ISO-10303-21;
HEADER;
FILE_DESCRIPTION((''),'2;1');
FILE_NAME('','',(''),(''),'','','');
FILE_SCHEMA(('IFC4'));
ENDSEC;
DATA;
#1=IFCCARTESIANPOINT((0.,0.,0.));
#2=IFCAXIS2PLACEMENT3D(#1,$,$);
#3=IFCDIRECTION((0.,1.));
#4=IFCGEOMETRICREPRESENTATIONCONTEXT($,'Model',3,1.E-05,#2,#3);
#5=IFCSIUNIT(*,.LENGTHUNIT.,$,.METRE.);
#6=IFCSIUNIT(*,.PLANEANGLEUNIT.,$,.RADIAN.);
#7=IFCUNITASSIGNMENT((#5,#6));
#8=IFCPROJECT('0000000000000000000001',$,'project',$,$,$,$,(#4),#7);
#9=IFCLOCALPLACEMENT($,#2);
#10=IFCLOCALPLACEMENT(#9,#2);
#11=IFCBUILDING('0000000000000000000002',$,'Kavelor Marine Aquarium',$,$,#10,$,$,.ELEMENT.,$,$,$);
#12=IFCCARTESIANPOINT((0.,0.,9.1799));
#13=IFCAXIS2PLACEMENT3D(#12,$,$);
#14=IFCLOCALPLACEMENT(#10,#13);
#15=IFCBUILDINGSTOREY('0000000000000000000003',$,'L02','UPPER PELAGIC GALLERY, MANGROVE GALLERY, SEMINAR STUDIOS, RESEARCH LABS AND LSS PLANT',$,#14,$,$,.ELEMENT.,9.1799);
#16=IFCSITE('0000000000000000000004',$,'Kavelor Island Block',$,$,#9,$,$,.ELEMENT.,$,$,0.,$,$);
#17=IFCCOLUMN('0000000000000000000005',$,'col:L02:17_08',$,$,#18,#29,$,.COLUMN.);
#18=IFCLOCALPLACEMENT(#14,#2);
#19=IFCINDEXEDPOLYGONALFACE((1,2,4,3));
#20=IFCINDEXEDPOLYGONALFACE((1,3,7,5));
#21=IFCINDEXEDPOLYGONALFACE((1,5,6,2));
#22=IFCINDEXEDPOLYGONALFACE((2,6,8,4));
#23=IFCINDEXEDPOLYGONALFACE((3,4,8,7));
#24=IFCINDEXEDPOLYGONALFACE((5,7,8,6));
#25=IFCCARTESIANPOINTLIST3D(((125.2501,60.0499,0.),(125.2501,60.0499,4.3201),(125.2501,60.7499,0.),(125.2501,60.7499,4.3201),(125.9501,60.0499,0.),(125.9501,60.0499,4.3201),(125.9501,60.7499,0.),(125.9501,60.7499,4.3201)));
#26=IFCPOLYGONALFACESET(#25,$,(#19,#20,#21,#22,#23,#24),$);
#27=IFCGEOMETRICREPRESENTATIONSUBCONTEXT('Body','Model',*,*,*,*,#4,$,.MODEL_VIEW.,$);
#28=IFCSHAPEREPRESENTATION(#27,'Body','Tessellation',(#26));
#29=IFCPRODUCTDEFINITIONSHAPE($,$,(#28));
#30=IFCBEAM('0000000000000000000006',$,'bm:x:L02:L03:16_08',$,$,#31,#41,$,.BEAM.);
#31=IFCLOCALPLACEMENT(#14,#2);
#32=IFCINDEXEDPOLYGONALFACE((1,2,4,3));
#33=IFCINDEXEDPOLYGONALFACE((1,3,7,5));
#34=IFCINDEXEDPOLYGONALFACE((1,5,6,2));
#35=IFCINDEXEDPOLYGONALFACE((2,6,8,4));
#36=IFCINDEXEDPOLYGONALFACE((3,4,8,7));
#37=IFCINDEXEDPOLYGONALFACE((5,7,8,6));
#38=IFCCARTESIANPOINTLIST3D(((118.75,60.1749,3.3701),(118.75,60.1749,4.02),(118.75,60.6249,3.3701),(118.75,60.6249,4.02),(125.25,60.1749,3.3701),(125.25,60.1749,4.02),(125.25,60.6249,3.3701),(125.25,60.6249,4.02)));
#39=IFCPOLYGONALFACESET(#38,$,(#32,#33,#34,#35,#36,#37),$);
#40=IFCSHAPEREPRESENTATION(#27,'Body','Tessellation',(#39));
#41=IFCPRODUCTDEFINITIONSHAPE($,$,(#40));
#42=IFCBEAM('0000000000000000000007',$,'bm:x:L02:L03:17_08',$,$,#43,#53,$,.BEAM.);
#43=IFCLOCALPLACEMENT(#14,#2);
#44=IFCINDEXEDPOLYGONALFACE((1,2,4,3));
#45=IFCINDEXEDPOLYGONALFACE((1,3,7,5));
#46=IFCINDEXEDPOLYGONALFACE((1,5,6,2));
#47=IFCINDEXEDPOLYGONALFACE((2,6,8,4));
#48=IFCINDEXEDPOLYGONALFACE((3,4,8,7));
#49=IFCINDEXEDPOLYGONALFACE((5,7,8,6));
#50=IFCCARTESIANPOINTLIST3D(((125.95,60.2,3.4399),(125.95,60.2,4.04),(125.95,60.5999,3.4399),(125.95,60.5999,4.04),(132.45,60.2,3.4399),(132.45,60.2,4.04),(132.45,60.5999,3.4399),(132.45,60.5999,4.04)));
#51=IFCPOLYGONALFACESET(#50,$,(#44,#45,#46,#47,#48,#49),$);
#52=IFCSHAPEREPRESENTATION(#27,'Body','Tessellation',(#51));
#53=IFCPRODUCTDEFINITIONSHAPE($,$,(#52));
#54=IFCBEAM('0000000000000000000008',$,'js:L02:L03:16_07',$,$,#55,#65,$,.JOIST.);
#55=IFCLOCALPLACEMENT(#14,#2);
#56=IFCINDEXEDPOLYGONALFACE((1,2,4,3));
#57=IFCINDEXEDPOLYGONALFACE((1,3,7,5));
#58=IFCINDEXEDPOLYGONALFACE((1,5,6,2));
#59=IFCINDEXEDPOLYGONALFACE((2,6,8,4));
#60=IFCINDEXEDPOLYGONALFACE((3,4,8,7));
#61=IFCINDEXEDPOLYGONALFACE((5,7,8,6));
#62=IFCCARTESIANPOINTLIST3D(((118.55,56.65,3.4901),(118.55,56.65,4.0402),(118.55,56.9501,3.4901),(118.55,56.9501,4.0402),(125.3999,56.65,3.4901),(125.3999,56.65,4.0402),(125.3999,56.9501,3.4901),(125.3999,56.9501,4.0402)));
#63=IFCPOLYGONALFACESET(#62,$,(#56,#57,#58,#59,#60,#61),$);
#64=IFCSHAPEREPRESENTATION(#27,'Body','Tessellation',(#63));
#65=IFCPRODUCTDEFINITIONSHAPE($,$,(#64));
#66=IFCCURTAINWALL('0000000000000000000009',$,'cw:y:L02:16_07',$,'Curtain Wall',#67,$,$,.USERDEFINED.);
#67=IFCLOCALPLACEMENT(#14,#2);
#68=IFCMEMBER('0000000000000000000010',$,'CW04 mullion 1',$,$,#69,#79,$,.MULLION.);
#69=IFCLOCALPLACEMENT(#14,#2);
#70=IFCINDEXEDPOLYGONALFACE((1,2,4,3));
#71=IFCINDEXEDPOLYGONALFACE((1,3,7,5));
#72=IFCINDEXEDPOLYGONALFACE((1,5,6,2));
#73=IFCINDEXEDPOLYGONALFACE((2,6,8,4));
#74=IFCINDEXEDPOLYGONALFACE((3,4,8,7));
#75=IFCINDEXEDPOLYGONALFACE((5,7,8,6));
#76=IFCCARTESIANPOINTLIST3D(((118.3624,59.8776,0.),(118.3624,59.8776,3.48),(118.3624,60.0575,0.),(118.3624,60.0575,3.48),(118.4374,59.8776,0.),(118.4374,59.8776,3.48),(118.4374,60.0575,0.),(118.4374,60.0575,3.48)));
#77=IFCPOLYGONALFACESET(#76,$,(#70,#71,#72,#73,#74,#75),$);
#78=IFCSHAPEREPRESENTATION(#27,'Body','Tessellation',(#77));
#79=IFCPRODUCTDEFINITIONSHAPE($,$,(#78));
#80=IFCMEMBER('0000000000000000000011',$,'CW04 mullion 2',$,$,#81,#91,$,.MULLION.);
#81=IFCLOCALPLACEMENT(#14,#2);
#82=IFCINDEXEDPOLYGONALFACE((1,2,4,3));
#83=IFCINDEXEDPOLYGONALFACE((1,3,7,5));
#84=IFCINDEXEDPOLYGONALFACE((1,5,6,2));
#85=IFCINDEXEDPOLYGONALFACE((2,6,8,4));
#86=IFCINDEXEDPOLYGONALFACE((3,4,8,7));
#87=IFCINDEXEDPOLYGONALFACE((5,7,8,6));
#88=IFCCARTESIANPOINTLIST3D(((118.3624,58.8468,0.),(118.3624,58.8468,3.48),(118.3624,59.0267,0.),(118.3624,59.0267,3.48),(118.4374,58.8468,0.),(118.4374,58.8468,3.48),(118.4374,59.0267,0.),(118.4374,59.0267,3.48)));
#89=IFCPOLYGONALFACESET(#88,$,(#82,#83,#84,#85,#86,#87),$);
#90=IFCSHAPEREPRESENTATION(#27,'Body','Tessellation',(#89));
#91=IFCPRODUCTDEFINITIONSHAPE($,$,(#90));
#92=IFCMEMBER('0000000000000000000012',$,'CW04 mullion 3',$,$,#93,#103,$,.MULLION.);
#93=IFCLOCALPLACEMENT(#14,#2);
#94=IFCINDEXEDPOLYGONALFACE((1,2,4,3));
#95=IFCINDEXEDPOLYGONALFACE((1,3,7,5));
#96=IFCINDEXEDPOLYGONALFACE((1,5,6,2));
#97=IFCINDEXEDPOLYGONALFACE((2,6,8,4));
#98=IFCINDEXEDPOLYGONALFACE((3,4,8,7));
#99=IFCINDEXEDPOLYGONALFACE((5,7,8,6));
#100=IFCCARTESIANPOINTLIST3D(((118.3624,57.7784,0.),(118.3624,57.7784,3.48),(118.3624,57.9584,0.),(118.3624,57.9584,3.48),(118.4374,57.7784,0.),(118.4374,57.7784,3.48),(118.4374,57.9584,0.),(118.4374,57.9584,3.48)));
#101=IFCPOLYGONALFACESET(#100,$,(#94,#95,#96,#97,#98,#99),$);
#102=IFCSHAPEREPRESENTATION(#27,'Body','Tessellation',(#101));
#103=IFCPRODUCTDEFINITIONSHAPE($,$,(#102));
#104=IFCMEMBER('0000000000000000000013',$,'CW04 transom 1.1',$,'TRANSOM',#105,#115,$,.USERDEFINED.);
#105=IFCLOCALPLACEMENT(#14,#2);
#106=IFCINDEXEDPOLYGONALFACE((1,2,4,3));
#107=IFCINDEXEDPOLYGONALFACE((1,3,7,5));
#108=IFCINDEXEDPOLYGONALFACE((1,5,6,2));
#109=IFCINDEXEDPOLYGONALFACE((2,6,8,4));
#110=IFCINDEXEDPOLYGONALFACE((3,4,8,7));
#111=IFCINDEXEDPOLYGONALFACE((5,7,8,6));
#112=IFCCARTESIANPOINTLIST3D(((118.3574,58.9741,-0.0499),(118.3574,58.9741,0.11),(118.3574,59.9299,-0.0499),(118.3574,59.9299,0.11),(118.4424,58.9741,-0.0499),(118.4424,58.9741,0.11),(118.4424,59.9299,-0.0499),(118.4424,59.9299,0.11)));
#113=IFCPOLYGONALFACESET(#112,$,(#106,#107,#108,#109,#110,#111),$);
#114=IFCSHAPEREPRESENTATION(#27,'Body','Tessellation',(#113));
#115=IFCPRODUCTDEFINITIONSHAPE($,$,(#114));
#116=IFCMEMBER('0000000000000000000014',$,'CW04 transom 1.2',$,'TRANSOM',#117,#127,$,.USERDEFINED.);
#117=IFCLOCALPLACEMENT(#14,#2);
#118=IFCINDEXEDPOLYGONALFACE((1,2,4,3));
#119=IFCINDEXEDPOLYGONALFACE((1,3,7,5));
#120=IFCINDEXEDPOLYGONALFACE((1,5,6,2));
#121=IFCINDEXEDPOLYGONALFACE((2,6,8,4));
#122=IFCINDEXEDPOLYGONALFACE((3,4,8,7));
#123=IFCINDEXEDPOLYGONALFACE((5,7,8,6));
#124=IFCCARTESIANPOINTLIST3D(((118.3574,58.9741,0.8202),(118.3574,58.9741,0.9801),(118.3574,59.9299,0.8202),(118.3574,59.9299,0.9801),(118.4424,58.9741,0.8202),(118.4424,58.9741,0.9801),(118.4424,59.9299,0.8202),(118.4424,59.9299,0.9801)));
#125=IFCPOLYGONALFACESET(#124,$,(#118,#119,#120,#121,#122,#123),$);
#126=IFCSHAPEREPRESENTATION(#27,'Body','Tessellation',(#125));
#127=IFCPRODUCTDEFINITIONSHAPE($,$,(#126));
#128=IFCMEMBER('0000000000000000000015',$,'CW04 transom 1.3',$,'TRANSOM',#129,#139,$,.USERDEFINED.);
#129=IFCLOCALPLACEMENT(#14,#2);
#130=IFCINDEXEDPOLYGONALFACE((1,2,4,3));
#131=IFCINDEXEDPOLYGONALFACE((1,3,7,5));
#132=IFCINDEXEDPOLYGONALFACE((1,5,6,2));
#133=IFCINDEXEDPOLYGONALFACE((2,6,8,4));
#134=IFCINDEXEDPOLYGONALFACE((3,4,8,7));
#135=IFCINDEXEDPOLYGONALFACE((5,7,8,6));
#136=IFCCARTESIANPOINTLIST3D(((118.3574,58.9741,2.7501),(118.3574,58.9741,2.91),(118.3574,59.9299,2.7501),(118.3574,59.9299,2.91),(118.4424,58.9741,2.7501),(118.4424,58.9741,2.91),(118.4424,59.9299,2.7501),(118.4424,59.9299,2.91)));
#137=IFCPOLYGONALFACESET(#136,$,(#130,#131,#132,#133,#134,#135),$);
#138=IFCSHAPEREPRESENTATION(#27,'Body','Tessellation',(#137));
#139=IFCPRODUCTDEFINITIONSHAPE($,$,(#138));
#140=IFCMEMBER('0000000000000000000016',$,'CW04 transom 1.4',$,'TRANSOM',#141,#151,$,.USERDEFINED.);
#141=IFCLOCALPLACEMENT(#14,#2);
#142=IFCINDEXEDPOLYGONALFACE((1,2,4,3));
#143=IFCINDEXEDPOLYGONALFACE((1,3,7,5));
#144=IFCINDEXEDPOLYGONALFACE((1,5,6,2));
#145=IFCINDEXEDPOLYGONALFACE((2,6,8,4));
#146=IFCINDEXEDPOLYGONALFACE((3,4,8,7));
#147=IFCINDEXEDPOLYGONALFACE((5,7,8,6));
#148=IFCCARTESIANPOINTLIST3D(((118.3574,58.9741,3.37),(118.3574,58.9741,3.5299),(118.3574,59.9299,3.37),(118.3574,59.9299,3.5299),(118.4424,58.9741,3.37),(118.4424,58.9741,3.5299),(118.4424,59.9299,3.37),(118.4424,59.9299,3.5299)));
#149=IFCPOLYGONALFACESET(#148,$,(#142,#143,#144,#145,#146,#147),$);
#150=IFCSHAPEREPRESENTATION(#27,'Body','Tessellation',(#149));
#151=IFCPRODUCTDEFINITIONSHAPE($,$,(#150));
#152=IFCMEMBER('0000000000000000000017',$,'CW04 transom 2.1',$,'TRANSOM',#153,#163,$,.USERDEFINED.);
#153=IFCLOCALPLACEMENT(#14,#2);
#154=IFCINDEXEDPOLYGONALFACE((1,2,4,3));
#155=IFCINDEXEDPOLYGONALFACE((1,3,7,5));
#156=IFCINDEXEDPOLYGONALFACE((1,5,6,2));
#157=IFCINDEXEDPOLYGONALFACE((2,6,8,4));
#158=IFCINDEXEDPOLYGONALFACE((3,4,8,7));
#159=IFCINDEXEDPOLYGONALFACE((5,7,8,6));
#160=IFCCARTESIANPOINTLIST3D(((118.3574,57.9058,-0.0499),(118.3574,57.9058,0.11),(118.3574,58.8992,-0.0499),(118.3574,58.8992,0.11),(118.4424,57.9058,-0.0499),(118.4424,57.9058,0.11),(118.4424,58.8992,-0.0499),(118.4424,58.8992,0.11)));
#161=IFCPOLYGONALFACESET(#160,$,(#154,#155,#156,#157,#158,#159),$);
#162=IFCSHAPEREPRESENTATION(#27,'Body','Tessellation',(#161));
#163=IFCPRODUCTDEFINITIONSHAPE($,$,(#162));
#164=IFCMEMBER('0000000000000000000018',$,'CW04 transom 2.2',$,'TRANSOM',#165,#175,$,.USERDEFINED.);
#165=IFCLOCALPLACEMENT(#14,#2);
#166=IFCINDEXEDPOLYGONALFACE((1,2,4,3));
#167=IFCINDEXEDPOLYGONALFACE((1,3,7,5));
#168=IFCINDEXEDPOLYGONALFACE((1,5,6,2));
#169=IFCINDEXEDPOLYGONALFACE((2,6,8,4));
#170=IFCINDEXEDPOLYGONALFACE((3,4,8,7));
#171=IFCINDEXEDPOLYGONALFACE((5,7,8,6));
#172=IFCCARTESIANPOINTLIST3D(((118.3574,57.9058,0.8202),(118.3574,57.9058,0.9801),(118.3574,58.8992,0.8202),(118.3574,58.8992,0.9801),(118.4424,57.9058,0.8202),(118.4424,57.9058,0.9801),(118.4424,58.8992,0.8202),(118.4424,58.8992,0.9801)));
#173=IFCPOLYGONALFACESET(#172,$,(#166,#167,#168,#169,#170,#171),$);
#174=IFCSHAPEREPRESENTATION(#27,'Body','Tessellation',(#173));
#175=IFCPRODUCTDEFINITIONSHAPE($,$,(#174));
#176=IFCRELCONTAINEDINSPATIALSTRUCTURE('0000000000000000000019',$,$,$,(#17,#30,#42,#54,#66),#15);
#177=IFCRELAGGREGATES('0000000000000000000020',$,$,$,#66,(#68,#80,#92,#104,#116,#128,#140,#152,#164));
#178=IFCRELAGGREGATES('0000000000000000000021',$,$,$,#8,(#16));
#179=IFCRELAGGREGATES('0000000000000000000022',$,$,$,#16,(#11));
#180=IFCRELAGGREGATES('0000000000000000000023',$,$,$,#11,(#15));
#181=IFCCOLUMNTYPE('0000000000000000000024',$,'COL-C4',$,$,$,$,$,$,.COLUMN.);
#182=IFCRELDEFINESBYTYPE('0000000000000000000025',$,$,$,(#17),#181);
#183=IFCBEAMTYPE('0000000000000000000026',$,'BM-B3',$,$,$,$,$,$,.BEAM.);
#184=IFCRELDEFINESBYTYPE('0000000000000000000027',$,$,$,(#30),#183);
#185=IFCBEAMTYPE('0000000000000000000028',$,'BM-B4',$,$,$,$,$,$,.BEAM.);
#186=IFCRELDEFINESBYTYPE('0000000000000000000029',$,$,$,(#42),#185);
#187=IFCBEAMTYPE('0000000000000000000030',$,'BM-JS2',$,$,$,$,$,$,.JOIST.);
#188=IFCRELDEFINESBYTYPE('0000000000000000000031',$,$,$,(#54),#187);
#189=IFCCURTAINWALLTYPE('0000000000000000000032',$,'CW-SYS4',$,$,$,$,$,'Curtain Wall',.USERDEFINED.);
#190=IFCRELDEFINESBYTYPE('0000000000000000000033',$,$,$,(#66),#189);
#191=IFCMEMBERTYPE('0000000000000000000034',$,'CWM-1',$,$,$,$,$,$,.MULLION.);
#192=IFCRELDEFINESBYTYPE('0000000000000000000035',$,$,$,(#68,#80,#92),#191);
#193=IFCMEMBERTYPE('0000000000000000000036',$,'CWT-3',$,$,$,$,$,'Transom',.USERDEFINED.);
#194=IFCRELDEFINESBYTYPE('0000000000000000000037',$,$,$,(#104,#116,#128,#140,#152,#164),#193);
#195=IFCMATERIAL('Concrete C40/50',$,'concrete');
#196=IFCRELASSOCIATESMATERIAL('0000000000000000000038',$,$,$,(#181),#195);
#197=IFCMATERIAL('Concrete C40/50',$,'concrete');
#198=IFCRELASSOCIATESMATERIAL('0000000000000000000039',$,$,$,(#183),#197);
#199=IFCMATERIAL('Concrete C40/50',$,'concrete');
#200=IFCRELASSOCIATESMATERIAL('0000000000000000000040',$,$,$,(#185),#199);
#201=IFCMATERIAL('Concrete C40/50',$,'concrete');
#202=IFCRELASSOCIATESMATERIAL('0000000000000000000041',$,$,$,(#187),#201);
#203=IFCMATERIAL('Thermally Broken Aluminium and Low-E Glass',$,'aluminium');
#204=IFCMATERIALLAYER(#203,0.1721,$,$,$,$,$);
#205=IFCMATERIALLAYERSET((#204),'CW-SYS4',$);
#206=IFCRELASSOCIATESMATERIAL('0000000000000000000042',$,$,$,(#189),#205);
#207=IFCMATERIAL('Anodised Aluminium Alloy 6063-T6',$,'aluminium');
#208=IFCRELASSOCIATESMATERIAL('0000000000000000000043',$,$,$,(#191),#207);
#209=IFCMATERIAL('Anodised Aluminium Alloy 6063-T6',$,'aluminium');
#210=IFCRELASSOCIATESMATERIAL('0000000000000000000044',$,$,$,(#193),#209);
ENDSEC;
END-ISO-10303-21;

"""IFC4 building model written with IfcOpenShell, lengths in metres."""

from ifc_helpers import new_model, si_unit, direction, frame, origin, origin_2d, place, context, subcontext, project, spatial, rectangle, extrude, material, layer, layer_set, material_profile, profile_set, type_object, element, aggregate, save


model = new_model("IFC4")

# Units and contexts
model_context = context("Model", 3, precision=1e-05, world=origin(), true_north=direction((0.0, 1.0)))
body_context = subcontext(model_context, "Body", "Model", "MODEL_VIEW")
ifc_project = project(units=[si_unit("LENGTHUNIT", "METRE"), si_unit("PLANEANGLEUNIT", "RADIAN")], contexts=[model_context])

# Site, building, storey
site_placement = place(None, origin())
site = spatial("IfcSite", under=ifc_project, at=site_placement, Name="Kavelor Island Block", CompositionType="ELEMENT", RefElevation=0.0)
building_placement = place(site_placement, origin())
building = spatial("IfcBuilding", under=site, at=building_placement, Name="Kavelor Marine Aquarium", CompositionType="ELEMENT")
storey_placement = place(building_placement, frame((0.0, 0.0, 9.1799)))
storey = spatial("IfcBuildingStorey", under=building, at=storey_placement, Name="L02", Description="UPPER PELAGIC GALLERY, MANGROVE GALLERY, SEMINAR STUDIOS, RESEARCH LABS AND LSS PLANT", CompositionType="ELEMENT", Elevation=9.1799)

# Column
ifc_material_1 = material(Name="Concrete C40/50", Category="concrete")
ifc_material_profile_1 = material_profile(ifc_material_1, rectangle(XDim=0.7, YDim=0.7, at=origin_2d()), Name="RC-COL 700x700")
ifc_profile_set_1 = profile_set([ifc_material_profile_1], Name="Concrete C40/50")
column_type = type_object("IfcColumnType", Name="COL-C4", PredefinedType="COLUMN", material=ifc_profile_set_1)
column_placement = place(storey_placement, frame((125.6001, 60.3999, 0.0), z_axis=(0.0, 0.0, 1.0), x_axis=(1.0, 0.0, 0.0)))
element("IfcColumn", 1, at=column_placement, inside=storey, type_object=column_type, Name="col:L02:17_08", PredefinedType="COLUMN", context=body_context, shape_type="SweptSolid", body=[
    extrude(rectangle(XDim=0.7, YDim=0.7, at=origin_2d()), origin(), (0.0, 0.0, 1.0), 4.3201),
])

# Beams
ifc_material_2 = material(Name="Concrete C40/50", Category="concrete")
ifc_material_profile_2 = material_profile(ifc_material_2, rectangle(XDim=0.45, YDim=0.6499, at=origin_2d()), Name="RC-BM 450x650")
ifc_profile_set_2 = profile_set([ifc_material_profile_2], Name="Concrete C40/50")
beam_type_1 = type_object("IfcBeamType", Name="BM-B3", PredefinedType="BEAM", material=ifc_profile_set_2)
beam_1_placement = place(storey_placement, frame((118.75, 60.3999, 3.6951), z_axis=(1.0, 0.0, 0.0), x_axis=(0.0, 1.0, 0.0)))
element("IfcBeam", 2, at=beam_1_placement, inside=storey, type_object=beam_type_1, Name="bm:x:L02:L03:16_08", PredefinedType="BEAM", context=body_context, shape_type="SweptSolid", body=[
    extrude(rectangle(XDim=0.45, YDim=0.6499, at=origin_2d()), origin(), (0.0, 0.0, 1.0), 6.5),
])
ifc_material_3 = material(Name="Concrete C40/50", Category="concrete")
ifc_material_profile_3 = material_profile(ifc_material_3, rectangle(XDim=0.3999, YDim=0.6001, at=origin_2d()), Name="RC-BM 400x600")
ifc_profile_set_3 = profile_set([ifc_material_profile_3], Name="Concrete C40/50")
beam_type_2 = type_object("IfcBeamType", Name="BM-B4", PredefinedType="BEAM", material=ifc_profile_set_3)
beam_2_placement = place(storey_placement, frame((125.95, 60.3999, 3.74), z_axis=(1.0, 0.0, 0.0), x_axis=(0.0, 1.0, 0.0)))
element("IfcBeam", 3, at=beam_2_placement, inside=storey, type_object=beam_type_2, Name="bm:x:L02:L03:17_08", PredefinedType="BEAM", context=body_context, shape_type="SweptSolid", body=[
    extrude(rectangle(XDim=0.3999, YDim=0.6001, at=origin_2d()), origin(), (0.0, 0.0, 1.0), 6.5),
])
ifc_material_4 = material(Name="Concrete C40/50", Category="concrete")
ifc_material_profile_4 = material_profile(ifc_material_4, rectangle(XDim=0.3, YDim=0.55, at=origin_2d()), Name="RC-JS 300x550")
ifc_profile_set_4 = profile_set([ifc_material_profile_4], Name="Concrete C40/50")
beam_type_3 = type_object("IfcBeamType", Name="BM-JS2", PredefinedType="JOIST", material=ifc_profile_set_4)
beam_3_placement = place(storey_placement, frame((118.55, 56.8, 3.7651), z_axis=(1.0, 0.0, 0.0), x_axis=(0.0, 1.0, 0.0)))
element("IfcBeam", 4, at=beam_3_placement, inside=storey, type_object=beam_type_3, Name="js:L02:L03:16_07", PredefinedType="JOIST", context=body_context, shape_type="SweptSolid", body=[
    extrude(rectangle(XDim=0.3, YDim=0.55, at=origin_2d()), origin(), (0.0, 0.0, 1.0), 6.8499),
])

# Curtain wall, members
ifc_material_5 = material(Name="Thermally Broken Aluminium and Low-E Glass", Category="aluminium")
ifc_layer_1 = layer(ifc_material_5, 0.1721)
ifc_layer_set_1 = layer_set([ifc_layer_1], Name="CW-SYS4")
curtain_wall_type = type_object("IfcCurtainWallType", Name="CW-SYS4", ElementType="Curtain Wall", PredefinedType="USERDEFINED", material=ifc_layer_set_1)
curtain_wall_placement = place(storey_placement, origin())
curtain_wall = element("IfcCurtainWall", 5, at=curtain_wall_placement, inside=storey, type_object=curtain_wall_type, Name="cw:y:L02:16_07", ObjectType="Curtain Wall", PredefinedType="USERDEFINED")
ifc_material_6 = material(Name="Anodised Aluminium Alloy 6063-T6", Category="aluminium")
ifc_material_profile_5 = material_profile(ifc_material_6, rectangle(XDim=0.075, YDim=0.1799, at=origin_2d()), Name="CW-MUL 75x180")
ifc_profile_set_5 = profile_set([ifc_material_profile_5], Name="Anodised Aluminium Alloy 6063-T6")
member_type_1 = type_object("IfcMemberType", Name="CWM-1", PredefinedType="MULLION", material=ifc_profile_set_5)
member_1_placement = place(storey_placement, frame((118.3999, 59.9675, 0.0), z_axis=(0.0, 0.0, 1.0), x_axis=(1.0, 0.0, 0.0)))
member_1 = element("IfcMember", 6, at=member_1_placement, type_object=member_type_1, Name="CW04 mullion 1", PredefinedType="MULLION", context=body_context, shape_type="SweptSolid", body=[
    extrude(rectangle(XDim=0.075, YDim=0.1799, at=origin_2d()), origin(), (0.0, 0.0, 1.0), 3.48),
])
member_2_placement = place(storey_placement, frame((118.3999, 58.9368, 0.0), z_axis=(0.0, 0.0, 1.0), x_axis=(1.0, 0.0, 0.0)))
member_2 = element("IfcMember", 7, at=member_2_placement, type_object=member_type_1, Name="CW04 mullion 2", PredefinedType="MULLION", context=body_context, shape_type="SweptSolid", body=[
    extrude(rectangle(XDim=0.075, YDim=0.1799, at=origin_2d()), origin(), (0.0, 0.0, 1.0), 3.48),
])
member_3_placement = place(storey_placement, frame((118.3999, 57.8684, 0.0), z_axis=(0.0, 0.0, 1.0), x_axis=(1.0, 0.0, 0.0)))
member_3 = element("IfcMember", 8, at=member_3_placement, type_object=member_type_1, Name="CW04 mullion 3", PredefinedType="MULLION", context=body_context, shape_type="SweptSolid", body=[
    extrude(rectangle(XDim=0.075, YDim=0.1799, at=origin_2d()), origin(), (0.0, 0.0, 1.0), 3.48),
])
ifc_material_7 = material(Name="Anodised Aluminium Alloy 6063-T6", Category="aluminium")
ifc_material_profile_6 = material_profile(ifc_material_7, rectangle(XDim=0.085, YDim=0.1599, at=origin_2d()), Name="CW-TRN 85x160")
ifc_profile_set_6 = profile_set([ifc_material_profile_6], Name="Anodised Aluminium Alloy 6063-T6")
member_type_2 = type_object("IfcMemberType", Name="CWT-3", ElementType="Transom", PredefinedType="USERDEFINED", material=ifc_profile_set_6)
member_4_placement = place(storey_placement, frame((118.3999, 59.9299, 0.03), z_axis=(0.0, -1.0, 0.0), x_axis=(1.0, 0.0, 0.0)))
member_4 = element("IfcMember", 9, at=member_4_placement, type_object=member_type_2, Name="CW04 transom 1.1", ObjectType="TRANSOM", PredefinedType="USERDEFINED", context=body_context, shape_type="SweptSolid", body=[
    extrude(rectangle(XDim=0.085, YDim=0.1599, at=origin_2d()), origin(), (0.0, 0.0, 1.0), 0.9558),
])
member_5_placement = place(storey_placement, frame((118.3999, 59.9299, 0.9001), z_axis=(0.0, -1.0, 0.0), x_axis=(1.0, 0.0, 0.0)))
member_5 = element("IfcMember", 10, at=member_5_placement, type_object=member_type_2, Name="CW04 transom 1.2", ObjectType="TRANSOM", PredefinedType="USERDEFINED", context=body_context, shape_type="SweptSolid", body=[
    extrude(rectangle(XDim=0.085, YDim=0.1599, at=origin_2d()), origin(), (0.0, 0.0, 1.0), 0.9558),
])
member_6_placement = place(storey_placement, frame((118.3999, 59.9299, 2.8301), z_axis=(0.0, -1.0, 0.0), x_axis=(1.0, 0.0, 0.0)))
member_6 = element("IfcMember", 11, at=member_6_placement, type_object=member_type_2, Name="CW04 transom 1.3", ObjectType="TRANSOM", PredefinedType="USERDEFINED", context=body_context, shape_type="SweptSolid", body=[
    extrude(rectangle(XDim=0.085, YDim=0.1599, at=origin_2d()), origin(), (0.0, 0.0, 1.0), 0.9558),
])
member_7_placement = place(storey_placement, frame((118.3999, 59.9299, 3.45), z_axis=(0.0, -1.0, 0.0), x_axis=(1.0, 0.0, 0.0)))
member_7 = element("IfcMember", 12, at=member_7_placement, type_object=member_type_2, Name="CW04 transom 1.4", ObjectType="TRANSOM", PredefinedType="USERDEFINED", context=body_context, shape_type="SweptSolid", body=[
    extrude(rectangle(XDim=0.085, YDim=0.1599, at=origin_2d()), origin(), (0.0, 0.0, 1.0), 0.9558),
])
member_8_placement = place(storey_placement, frame((118.3999, 58.8992, 0.03), z_axis=(0.0, -1.0, 0.0), x_axis=(1.0, 0.0, 0.0)))
member_8 = element("IfcMember", 13, at=member_8_placement, type_object=member_type_2, Name="CW04 transom 2.1", ObjectType="TRANSOM", PredefinedType="USERDEFINED", context=body_context, shape_type="SweptSolid", body=[
    extrude(rectangle(XDim=0.085, YDim=0.1599, at=origin_2d()), origin(), (0.0, 0.0, 1.0), 0.9934),
])
member_9_placement = place(storey_placement, frame((118.3999, 58.8992, 0.9001), z_axis=(0.0, -1.0, 0.0), x_axis=(1.0, 0.0, 0.0)))
member_9 = element("IfcMember", 14, at=member_9_placement, type_object=member_type_2, Name="CW04 transom 2.2", ObjectType="TRANSOM", PredefinedType="USERDEFINED", context=body_context, shape_type="SweptSolid", body=[
    extrude(rectangle(XDim=0.085, YDim=0.1599, at=origin_2d()), origin(), (0.0, 0.0, 1.0), 0.9934),
])

aggregate(curtain_wall, [member_1, member_2, member_3, member_4, member_5, member_6, member_7, member_8, member_9])

save(model, "model.ifc")
